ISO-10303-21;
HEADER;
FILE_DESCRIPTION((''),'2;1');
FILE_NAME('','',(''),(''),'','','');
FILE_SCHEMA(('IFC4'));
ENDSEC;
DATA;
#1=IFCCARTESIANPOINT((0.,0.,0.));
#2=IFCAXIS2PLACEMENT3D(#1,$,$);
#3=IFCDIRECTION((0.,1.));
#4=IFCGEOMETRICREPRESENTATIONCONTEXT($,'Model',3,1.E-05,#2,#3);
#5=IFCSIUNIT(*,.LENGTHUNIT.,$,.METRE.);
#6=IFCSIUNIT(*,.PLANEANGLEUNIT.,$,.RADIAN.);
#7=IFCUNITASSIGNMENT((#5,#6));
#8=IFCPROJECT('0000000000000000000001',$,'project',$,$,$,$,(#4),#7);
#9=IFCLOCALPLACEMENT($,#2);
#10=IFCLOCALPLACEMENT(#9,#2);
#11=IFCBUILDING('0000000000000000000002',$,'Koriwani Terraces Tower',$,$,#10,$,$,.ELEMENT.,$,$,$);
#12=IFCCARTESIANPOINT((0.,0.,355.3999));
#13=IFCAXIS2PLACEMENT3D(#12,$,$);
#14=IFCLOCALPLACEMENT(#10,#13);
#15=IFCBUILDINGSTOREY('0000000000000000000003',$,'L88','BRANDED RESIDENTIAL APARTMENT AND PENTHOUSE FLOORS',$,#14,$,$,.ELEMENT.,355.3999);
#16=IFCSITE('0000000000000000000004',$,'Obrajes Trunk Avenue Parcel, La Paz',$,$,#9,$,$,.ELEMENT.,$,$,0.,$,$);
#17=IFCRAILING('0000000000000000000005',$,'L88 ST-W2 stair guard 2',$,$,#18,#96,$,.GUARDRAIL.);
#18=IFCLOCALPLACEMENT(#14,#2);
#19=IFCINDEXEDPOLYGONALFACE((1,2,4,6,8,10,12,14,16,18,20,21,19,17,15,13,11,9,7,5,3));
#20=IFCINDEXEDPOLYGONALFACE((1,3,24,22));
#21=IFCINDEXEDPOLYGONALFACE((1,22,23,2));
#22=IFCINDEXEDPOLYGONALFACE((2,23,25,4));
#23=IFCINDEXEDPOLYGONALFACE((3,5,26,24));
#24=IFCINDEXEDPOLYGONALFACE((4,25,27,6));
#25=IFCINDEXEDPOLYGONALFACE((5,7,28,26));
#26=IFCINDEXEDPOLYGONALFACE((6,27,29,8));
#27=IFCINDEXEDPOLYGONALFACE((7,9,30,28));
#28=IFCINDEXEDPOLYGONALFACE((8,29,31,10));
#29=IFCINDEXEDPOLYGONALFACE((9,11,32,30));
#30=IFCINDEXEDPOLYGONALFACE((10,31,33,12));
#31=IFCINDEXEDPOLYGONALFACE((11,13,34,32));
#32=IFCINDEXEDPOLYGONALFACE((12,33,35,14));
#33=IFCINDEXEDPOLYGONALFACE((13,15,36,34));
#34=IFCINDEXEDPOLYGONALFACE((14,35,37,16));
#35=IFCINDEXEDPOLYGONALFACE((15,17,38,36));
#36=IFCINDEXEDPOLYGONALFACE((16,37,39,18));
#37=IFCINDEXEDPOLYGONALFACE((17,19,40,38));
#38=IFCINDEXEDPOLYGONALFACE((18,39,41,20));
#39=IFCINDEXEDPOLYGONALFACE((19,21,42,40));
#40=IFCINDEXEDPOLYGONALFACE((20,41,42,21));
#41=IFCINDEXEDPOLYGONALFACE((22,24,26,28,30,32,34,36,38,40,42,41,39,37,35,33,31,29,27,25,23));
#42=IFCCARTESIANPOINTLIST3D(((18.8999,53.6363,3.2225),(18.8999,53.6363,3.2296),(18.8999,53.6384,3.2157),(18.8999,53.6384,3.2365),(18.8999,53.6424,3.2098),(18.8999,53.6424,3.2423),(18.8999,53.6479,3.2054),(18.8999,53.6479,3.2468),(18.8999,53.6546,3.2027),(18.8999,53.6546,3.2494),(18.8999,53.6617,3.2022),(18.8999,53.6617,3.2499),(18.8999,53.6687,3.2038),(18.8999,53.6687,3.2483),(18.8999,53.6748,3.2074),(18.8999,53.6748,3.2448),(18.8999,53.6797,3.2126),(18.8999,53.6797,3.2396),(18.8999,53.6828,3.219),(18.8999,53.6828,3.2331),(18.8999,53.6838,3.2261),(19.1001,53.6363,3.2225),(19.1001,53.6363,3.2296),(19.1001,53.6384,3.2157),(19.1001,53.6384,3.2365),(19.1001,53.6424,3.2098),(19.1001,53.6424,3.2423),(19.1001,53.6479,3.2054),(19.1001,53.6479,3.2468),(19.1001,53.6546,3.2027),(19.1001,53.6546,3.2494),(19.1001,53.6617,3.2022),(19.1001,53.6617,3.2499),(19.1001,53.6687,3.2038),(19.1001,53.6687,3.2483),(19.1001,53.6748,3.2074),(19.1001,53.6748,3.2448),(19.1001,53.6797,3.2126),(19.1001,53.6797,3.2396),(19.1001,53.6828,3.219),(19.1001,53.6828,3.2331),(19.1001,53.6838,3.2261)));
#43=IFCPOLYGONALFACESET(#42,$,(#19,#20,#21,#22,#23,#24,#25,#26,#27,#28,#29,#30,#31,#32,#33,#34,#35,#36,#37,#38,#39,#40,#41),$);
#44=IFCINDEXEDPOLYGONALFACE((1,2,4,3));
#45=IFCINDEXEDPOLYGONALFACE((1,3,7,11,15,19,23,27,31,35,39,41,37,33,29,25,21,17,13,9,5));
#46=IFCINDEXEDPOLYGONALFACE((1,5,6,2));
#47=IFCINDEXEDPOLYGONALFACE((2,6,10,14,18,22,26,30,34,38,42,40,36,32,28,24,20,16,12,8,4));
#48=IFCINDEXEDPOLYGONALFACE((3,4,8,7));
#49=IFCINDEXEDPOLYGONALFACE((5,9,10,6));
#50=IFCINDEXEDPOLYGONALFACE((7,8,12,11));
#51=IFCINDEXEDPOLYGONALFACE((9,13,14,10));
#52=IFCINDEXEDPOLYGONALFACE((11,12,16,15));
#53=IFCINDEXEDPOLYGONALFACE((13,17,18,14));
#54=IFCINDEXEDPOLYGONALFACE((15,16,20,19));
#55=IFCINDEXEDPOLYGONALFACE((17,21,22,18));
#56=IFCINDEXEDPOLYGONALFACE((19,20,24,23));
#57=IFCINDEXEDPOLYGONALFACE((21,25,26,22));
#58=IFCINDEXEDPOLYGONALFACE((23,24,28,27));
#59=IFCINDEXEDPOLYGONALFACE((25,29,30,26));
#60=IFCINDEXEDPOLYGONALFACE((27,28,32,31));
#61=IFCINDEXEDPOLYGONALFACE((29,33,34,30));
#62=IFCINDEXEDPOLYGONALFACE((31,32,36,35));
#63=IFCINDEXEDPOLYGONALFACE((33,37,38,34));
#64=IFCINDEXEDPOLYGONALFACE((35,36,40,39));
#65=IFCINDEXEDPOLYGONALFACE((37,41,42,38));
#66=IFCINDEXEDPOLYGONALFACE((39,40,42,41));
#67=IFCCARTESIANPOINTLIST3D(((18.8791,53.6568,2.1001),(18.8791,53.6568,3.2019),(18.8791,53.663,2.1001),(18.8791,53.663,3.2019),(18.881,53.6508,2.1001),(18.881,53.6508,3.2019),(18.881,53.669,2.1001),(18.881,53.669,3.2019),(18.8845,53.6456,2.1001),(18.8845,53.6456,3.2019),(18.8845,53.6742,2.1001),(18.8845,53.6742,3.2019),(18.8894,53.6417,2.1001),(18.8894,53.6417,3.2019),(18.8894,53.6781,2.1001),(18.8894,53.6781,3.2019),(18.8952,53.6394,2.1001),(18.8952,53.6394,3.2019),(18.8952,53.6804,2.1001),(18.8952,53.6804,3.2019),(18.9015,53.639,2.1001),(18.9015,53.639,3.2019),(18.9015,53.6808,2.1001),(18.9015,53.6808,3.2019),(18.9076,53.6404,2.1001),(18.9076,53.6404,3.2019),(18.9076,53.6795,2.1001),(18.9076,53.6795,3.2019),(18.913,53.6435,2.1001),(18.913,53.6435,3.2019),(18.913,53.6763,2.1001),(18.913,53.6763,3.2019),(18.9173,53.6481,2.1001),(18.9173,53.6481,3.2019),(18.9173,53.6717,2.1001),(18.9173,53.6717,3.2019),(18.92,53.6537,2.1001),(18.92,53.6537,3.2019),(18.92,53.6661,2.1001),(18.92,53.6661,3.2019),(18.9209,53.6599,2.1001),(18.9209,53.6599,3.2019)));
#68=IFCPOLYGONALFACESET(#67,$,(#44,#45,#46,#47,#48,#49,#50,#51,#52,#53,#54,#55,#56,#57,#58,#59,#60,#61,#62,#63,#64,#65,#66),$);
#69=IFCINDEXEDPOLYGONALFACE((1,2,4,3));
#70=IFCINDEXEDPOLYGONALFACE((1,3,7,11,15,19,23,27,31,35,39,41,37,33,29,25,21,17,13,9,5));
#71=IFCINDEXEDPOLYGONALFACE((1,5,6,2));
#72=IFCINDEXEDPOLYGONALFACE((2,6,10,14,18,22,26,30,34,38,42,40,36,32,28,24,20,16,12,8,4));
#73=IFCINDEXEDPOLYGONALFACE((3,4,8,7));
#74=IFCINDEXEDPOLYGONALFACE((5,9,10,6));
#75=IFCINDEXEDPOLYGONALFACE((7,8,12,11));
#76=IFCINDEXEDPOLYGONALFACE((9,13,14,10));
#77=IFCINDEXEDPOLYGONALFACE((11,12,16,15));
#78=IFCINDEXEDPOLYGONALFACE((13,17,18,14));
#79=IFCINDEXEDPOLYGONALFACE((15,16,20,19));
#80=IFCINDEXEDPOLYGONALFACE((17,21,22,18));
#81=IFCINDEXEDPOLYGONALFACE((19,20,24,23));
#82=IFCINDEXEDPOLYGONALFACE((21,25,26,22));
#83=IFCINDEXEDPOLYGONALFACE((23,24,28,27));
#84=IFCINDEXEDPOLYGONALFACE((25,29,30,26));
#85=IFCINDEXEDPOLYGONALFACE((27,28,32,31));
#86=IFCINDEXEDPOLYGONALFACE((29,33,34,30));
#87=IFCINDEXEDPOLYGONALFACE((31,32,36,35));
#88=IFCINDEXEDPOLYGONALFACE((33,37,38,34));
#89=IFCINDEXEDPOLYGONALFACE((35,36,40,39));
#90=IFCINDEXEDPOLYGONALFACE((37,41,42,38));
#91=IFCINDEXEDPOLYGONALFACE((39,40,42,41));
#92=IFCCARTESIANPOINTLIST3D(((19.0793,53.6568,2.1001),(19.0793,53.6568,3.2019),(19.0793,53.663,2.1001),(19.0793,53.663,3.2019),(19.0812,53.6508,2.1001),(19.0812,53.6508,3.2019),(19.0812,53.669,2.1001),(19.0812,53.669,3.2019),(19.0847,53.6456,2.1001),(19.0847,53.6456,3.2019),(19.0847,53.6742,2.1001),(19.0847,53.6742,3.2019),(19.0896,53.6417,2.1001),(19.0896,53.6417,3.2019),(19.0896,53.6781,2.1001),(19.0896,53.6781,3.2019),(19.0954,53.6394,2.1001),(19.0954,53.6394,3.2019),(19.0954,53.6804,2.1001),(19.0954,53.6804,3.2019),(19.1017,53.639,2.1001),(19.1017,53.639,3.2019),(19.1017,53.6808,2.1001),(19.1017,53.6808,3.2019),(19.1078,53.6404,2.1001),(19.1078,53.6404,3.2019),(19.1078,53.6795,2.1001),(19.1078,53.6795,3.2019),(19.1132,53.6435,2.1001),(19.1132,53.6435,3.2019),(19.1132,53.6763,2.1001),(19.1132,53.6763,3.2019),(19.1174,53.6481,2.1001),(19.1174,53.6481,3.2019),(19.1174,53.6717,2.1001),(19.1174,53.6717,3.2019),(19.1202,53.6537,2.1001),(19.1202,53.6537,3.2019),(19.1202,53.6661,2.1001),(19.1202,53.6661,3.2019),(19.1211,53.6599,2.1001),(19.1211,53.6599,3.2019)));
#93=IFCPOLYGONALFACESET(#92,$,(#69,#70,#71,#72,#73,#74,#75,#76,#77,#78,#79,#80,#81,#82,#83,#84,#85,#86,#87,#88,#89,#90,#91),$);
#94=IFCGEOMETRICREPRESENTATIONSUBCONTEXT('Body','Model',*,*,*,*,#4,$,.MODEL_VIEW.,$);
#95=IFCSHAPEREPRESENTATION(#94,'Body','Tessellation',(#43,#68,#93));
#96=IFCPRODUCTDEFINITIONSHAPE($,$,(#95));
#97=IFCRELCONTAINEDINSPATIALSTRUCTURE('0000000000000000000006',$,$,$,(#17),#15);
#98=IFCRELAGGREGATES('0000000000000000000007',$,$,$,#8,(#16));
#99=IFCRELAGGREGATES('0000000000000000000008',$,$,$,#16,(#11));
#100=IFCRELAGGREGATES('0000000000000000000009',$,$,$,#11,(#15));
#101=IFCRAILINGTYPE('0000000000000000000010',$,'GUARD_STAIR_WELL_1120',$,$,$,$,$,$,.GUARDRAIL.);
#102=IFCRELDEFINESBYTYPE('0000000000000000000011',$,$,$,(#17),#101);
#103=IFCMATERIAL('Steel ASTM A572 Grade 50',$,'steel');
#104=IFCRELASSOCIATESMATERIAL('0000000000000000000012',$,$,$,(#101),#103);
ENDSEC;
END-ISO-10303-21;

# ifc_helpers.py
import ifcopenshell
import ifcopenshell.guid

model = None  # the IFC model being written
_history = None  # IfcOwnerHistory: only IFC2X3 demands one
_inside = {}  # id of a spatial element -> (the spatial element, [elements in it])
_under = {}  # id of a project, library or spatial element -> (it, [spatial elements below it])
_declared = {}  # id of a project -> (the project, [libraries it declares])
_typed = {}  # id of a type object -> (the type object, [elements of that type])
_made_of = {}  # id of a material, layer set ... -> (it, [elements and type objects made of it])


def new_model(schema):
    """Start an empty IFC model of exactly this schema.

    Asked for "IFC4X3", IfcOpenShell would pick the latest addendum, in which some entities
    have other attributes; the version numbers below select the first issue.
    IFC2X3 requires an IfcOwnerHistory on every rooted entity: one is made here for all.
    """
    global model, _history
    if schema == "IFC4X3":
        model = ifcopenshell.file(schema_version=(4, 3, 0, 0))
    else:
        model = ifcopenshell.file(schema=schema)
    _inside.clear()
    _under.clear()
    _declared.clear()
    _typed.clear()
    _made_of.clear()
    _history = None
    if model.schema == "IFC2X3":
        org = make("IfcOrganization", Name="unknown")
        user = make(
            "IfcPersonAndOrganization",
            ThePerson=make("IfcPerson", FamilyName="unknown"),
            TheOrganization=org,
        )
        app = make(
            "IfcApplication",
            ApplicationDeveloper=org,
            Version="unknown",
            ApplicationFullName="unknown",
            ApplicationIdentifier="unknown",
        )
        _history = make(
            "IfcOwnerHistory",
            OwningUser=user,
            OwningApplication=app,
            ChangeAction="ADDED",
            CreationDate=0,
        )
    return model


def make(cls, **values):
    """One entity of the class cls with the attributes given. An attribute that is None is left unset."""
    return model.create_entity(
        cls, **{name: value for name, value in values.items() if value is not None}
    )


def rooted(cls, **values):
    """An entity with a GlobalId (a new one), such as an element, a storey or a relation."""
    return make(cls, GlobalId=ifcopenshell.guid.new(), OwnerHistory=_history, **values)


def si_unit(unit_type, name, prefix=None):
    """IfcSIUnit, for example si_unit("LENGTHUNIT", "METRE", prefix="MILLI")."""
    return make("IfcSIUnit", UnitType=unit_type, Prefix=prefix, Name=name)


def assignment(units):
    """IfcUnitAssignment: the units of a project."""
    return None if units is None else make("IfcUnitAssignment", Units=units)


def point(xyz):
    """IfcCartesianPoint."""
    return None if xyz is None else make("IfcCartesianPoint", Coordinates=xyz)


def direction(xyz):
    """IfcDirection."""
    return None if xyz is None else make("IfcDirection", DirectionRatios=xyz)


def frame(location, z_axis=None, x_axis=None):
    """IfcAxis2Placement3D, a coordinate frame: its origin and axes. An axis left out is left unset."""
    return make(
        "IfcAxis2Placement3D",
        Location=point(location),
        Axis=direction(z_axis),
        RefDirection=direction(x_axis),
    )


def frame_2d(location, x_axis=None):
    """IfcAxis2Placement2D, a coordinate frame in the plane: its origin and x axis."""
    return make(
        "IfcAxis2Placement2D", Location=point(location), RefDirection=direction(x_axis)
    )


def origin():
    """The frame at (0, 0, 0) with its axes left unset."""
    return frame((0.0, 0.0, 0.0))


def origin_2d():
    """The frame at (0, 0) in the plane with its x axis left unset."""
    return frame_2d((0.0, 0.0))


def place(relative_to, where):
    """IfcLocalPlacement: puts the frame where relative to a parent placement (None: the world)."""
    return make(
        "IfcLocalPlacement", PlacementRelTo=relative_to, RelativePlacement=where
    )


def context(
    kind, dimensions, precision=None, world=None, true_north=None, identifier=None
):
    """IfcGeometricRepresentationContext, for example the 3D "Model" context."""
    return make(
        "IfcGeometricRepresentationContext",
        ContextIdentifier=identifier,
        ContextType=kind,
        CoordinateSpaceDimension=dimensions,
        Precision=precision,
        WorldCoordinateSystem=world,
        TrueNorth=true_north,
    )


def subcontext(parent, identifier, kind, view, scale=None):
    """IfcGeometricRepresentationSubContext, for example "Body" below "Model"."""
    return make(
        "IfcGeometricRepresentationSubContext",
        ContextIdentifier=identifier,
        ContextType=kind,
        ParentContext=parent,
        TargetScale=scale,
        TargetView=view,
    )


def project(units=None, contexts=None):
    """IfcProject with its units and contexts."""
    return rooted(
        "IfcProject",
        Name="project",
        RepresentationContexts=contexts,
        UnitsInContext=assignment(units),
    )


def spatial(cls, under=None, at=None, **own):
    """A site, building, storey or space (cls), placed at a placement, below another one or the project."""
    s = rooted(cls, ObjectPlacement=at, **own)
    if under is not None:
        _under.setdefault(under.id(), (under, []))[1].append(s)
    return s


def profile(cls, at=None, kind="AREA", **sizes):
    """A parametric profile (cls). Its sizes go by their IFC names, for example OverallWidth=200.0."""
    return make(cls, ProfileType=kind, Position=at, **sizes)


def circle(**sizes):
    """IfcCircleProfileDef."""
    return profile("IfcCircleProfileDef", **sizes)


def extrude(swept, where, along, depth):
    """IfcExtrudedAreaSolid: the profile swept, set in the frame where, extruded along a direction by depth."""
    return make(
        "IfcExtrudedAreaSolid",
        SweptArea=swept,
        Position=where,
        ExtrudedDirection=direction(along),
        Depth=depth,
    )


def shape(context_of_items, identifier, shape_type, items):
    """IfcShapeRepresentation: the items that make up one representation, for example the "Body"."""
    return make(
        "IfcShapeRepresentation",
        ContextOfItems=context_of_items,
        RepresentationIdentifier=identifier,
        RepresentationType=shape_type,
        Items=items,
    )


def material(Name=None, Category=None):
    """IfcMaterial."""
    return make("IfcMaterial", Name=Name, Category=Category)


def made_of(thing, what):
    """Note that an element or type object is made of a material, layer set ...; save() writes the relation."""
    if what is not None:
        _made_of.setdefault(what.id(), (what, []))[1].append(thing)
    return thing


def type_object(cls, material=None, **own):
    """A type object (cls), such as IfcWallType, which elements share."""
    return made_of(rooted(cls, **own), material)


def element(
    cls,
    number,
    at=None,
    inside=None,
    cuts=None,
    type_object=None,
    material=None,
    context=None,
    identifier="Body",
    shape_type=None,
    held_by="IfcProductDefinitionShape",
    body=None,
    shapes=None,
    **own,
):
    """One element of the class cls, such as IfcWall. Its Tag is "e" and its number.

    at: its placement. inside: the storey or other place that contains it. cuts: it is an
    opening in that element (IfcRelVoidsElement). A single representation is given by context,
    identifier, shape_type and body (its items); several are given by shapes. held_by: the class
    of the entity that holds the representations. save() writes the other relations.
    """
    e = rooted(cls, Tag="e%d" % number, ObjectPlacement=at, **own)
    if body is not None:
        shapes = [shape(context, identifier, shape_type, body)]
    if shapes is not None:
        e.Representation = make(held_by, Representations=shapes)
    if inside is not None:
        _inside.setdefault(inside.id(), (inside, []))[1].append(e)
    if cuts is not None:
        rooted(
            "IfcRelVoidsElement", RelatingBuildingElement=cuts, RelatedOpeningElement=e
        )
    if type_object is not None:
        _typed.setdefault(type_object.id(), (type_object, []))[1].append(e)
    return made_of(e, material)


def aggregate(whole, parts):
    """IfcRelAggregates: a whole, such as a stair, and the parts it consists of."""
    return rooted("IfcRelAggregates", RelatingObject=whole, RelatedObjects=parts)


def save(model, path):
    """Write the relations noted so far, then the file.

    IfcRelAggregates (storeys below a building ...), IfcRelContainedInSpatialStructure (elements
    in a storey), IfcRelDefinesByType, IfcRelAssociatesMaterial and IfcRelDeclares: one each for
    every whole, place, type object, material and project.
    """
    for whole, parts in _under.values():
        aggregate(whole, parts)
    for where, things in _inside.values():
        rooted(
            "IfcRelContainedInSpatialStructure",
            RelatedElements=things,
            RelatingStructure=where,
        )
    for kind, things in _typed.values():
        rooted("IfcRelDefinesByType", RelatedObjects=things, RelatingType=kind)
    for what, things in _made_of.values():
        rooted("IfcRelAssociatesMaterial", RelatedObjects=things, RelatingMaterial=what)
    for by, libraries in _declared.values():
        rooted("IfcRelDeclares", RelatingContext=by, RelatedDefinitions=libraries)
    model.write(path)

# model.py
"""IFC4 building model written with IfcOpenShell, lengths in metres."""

from ifc_helpers import new_model, si_unit, direction, frame, origin, origin_2d, place, context, subcontext, project, spatial, circle, extrude, material, type_object, element, save


model = new_model("IFC4")

# Units and contexts
model_context = context("Model", 3, precision=1e-05, world=origin(), true_north=direction((0.0, 1.0)))
body_context = subcontext(model_context, "Body", "Model", "MODEL_VIEW")
ifc_project = project(units=[si_unit("LENGTHUNIT", "METRE"), si_unit("PLANEANGLEUNIT", "RADIAN")], contexts=[model_context])

# Site, building, storey
site_placement = place(None, origin())
site = spatial("IfcSite", under=ifc_project, at=site_placement, Name="Obrajes Trunk Avenue Parcel, La Paz", CompositionType="ELEMENT", RefElevation=0.0)
building_placement = place(site_placement, origin())
building = spatial("IfcBuilding", under=site, at=building_placement, Name="Koriwani Terraces Tower", CompositionType="ELEMENT")
storey_placement = place(building_placement, frame((0.0, 0.0, 355.3999)))
storey = spatial("IfcBuildingStorey", under=building, at=storey_placement, Name="L88", Description="BRANDED RESIDENTIAL APARTMENT AND PENTHOUSE FLOORS", CompositionType="ELEMENT", Elevation=355.3999)

# Shared definitions
ifc_material_1 = material(Name="Steel ASTM A572 Grade 50", Category="steel")

# Railing
railing_type_1 = type_object("IfcRailingType", Name="GUARD_STAIR_WELL_1120", PredefinedType="GUARDRAIL", material=ifc_material_1)
railing_1_placement = place(storey_placement, frame((18.8999, 53.6599, 2.1001)))
element("IfcRailing", 1, at=railing_1_placement, inside=storey, type_object=railing_type_1, Name="L88 ST-W2 stair guard 2", PredefinedType="GUARDRAIL", context=body_context, shape_type="SweptSolid", body=[
    extrude(circle(Radius=0.0239, at=origin_2d()), frame((0.0, 0.0, 1.126), z_axis=(1.0, 0.0, 0.0), x_axis=(0.0, 1.0, 0.0)), (0.0, 0.0, 1.0), 0.2002),
    extrude(circle(Radius=0.021, at=origin_2d()), origin(), (0.0, 0.0, 1.0), 1.1018),
    extrude(circle(Radius=0.021, at=origin_2d()), frame((0.2002, 0.0, 0.0)), (0.0, 0.0, 1.0), 1.1018),
])

save(model, "model.ifc")
